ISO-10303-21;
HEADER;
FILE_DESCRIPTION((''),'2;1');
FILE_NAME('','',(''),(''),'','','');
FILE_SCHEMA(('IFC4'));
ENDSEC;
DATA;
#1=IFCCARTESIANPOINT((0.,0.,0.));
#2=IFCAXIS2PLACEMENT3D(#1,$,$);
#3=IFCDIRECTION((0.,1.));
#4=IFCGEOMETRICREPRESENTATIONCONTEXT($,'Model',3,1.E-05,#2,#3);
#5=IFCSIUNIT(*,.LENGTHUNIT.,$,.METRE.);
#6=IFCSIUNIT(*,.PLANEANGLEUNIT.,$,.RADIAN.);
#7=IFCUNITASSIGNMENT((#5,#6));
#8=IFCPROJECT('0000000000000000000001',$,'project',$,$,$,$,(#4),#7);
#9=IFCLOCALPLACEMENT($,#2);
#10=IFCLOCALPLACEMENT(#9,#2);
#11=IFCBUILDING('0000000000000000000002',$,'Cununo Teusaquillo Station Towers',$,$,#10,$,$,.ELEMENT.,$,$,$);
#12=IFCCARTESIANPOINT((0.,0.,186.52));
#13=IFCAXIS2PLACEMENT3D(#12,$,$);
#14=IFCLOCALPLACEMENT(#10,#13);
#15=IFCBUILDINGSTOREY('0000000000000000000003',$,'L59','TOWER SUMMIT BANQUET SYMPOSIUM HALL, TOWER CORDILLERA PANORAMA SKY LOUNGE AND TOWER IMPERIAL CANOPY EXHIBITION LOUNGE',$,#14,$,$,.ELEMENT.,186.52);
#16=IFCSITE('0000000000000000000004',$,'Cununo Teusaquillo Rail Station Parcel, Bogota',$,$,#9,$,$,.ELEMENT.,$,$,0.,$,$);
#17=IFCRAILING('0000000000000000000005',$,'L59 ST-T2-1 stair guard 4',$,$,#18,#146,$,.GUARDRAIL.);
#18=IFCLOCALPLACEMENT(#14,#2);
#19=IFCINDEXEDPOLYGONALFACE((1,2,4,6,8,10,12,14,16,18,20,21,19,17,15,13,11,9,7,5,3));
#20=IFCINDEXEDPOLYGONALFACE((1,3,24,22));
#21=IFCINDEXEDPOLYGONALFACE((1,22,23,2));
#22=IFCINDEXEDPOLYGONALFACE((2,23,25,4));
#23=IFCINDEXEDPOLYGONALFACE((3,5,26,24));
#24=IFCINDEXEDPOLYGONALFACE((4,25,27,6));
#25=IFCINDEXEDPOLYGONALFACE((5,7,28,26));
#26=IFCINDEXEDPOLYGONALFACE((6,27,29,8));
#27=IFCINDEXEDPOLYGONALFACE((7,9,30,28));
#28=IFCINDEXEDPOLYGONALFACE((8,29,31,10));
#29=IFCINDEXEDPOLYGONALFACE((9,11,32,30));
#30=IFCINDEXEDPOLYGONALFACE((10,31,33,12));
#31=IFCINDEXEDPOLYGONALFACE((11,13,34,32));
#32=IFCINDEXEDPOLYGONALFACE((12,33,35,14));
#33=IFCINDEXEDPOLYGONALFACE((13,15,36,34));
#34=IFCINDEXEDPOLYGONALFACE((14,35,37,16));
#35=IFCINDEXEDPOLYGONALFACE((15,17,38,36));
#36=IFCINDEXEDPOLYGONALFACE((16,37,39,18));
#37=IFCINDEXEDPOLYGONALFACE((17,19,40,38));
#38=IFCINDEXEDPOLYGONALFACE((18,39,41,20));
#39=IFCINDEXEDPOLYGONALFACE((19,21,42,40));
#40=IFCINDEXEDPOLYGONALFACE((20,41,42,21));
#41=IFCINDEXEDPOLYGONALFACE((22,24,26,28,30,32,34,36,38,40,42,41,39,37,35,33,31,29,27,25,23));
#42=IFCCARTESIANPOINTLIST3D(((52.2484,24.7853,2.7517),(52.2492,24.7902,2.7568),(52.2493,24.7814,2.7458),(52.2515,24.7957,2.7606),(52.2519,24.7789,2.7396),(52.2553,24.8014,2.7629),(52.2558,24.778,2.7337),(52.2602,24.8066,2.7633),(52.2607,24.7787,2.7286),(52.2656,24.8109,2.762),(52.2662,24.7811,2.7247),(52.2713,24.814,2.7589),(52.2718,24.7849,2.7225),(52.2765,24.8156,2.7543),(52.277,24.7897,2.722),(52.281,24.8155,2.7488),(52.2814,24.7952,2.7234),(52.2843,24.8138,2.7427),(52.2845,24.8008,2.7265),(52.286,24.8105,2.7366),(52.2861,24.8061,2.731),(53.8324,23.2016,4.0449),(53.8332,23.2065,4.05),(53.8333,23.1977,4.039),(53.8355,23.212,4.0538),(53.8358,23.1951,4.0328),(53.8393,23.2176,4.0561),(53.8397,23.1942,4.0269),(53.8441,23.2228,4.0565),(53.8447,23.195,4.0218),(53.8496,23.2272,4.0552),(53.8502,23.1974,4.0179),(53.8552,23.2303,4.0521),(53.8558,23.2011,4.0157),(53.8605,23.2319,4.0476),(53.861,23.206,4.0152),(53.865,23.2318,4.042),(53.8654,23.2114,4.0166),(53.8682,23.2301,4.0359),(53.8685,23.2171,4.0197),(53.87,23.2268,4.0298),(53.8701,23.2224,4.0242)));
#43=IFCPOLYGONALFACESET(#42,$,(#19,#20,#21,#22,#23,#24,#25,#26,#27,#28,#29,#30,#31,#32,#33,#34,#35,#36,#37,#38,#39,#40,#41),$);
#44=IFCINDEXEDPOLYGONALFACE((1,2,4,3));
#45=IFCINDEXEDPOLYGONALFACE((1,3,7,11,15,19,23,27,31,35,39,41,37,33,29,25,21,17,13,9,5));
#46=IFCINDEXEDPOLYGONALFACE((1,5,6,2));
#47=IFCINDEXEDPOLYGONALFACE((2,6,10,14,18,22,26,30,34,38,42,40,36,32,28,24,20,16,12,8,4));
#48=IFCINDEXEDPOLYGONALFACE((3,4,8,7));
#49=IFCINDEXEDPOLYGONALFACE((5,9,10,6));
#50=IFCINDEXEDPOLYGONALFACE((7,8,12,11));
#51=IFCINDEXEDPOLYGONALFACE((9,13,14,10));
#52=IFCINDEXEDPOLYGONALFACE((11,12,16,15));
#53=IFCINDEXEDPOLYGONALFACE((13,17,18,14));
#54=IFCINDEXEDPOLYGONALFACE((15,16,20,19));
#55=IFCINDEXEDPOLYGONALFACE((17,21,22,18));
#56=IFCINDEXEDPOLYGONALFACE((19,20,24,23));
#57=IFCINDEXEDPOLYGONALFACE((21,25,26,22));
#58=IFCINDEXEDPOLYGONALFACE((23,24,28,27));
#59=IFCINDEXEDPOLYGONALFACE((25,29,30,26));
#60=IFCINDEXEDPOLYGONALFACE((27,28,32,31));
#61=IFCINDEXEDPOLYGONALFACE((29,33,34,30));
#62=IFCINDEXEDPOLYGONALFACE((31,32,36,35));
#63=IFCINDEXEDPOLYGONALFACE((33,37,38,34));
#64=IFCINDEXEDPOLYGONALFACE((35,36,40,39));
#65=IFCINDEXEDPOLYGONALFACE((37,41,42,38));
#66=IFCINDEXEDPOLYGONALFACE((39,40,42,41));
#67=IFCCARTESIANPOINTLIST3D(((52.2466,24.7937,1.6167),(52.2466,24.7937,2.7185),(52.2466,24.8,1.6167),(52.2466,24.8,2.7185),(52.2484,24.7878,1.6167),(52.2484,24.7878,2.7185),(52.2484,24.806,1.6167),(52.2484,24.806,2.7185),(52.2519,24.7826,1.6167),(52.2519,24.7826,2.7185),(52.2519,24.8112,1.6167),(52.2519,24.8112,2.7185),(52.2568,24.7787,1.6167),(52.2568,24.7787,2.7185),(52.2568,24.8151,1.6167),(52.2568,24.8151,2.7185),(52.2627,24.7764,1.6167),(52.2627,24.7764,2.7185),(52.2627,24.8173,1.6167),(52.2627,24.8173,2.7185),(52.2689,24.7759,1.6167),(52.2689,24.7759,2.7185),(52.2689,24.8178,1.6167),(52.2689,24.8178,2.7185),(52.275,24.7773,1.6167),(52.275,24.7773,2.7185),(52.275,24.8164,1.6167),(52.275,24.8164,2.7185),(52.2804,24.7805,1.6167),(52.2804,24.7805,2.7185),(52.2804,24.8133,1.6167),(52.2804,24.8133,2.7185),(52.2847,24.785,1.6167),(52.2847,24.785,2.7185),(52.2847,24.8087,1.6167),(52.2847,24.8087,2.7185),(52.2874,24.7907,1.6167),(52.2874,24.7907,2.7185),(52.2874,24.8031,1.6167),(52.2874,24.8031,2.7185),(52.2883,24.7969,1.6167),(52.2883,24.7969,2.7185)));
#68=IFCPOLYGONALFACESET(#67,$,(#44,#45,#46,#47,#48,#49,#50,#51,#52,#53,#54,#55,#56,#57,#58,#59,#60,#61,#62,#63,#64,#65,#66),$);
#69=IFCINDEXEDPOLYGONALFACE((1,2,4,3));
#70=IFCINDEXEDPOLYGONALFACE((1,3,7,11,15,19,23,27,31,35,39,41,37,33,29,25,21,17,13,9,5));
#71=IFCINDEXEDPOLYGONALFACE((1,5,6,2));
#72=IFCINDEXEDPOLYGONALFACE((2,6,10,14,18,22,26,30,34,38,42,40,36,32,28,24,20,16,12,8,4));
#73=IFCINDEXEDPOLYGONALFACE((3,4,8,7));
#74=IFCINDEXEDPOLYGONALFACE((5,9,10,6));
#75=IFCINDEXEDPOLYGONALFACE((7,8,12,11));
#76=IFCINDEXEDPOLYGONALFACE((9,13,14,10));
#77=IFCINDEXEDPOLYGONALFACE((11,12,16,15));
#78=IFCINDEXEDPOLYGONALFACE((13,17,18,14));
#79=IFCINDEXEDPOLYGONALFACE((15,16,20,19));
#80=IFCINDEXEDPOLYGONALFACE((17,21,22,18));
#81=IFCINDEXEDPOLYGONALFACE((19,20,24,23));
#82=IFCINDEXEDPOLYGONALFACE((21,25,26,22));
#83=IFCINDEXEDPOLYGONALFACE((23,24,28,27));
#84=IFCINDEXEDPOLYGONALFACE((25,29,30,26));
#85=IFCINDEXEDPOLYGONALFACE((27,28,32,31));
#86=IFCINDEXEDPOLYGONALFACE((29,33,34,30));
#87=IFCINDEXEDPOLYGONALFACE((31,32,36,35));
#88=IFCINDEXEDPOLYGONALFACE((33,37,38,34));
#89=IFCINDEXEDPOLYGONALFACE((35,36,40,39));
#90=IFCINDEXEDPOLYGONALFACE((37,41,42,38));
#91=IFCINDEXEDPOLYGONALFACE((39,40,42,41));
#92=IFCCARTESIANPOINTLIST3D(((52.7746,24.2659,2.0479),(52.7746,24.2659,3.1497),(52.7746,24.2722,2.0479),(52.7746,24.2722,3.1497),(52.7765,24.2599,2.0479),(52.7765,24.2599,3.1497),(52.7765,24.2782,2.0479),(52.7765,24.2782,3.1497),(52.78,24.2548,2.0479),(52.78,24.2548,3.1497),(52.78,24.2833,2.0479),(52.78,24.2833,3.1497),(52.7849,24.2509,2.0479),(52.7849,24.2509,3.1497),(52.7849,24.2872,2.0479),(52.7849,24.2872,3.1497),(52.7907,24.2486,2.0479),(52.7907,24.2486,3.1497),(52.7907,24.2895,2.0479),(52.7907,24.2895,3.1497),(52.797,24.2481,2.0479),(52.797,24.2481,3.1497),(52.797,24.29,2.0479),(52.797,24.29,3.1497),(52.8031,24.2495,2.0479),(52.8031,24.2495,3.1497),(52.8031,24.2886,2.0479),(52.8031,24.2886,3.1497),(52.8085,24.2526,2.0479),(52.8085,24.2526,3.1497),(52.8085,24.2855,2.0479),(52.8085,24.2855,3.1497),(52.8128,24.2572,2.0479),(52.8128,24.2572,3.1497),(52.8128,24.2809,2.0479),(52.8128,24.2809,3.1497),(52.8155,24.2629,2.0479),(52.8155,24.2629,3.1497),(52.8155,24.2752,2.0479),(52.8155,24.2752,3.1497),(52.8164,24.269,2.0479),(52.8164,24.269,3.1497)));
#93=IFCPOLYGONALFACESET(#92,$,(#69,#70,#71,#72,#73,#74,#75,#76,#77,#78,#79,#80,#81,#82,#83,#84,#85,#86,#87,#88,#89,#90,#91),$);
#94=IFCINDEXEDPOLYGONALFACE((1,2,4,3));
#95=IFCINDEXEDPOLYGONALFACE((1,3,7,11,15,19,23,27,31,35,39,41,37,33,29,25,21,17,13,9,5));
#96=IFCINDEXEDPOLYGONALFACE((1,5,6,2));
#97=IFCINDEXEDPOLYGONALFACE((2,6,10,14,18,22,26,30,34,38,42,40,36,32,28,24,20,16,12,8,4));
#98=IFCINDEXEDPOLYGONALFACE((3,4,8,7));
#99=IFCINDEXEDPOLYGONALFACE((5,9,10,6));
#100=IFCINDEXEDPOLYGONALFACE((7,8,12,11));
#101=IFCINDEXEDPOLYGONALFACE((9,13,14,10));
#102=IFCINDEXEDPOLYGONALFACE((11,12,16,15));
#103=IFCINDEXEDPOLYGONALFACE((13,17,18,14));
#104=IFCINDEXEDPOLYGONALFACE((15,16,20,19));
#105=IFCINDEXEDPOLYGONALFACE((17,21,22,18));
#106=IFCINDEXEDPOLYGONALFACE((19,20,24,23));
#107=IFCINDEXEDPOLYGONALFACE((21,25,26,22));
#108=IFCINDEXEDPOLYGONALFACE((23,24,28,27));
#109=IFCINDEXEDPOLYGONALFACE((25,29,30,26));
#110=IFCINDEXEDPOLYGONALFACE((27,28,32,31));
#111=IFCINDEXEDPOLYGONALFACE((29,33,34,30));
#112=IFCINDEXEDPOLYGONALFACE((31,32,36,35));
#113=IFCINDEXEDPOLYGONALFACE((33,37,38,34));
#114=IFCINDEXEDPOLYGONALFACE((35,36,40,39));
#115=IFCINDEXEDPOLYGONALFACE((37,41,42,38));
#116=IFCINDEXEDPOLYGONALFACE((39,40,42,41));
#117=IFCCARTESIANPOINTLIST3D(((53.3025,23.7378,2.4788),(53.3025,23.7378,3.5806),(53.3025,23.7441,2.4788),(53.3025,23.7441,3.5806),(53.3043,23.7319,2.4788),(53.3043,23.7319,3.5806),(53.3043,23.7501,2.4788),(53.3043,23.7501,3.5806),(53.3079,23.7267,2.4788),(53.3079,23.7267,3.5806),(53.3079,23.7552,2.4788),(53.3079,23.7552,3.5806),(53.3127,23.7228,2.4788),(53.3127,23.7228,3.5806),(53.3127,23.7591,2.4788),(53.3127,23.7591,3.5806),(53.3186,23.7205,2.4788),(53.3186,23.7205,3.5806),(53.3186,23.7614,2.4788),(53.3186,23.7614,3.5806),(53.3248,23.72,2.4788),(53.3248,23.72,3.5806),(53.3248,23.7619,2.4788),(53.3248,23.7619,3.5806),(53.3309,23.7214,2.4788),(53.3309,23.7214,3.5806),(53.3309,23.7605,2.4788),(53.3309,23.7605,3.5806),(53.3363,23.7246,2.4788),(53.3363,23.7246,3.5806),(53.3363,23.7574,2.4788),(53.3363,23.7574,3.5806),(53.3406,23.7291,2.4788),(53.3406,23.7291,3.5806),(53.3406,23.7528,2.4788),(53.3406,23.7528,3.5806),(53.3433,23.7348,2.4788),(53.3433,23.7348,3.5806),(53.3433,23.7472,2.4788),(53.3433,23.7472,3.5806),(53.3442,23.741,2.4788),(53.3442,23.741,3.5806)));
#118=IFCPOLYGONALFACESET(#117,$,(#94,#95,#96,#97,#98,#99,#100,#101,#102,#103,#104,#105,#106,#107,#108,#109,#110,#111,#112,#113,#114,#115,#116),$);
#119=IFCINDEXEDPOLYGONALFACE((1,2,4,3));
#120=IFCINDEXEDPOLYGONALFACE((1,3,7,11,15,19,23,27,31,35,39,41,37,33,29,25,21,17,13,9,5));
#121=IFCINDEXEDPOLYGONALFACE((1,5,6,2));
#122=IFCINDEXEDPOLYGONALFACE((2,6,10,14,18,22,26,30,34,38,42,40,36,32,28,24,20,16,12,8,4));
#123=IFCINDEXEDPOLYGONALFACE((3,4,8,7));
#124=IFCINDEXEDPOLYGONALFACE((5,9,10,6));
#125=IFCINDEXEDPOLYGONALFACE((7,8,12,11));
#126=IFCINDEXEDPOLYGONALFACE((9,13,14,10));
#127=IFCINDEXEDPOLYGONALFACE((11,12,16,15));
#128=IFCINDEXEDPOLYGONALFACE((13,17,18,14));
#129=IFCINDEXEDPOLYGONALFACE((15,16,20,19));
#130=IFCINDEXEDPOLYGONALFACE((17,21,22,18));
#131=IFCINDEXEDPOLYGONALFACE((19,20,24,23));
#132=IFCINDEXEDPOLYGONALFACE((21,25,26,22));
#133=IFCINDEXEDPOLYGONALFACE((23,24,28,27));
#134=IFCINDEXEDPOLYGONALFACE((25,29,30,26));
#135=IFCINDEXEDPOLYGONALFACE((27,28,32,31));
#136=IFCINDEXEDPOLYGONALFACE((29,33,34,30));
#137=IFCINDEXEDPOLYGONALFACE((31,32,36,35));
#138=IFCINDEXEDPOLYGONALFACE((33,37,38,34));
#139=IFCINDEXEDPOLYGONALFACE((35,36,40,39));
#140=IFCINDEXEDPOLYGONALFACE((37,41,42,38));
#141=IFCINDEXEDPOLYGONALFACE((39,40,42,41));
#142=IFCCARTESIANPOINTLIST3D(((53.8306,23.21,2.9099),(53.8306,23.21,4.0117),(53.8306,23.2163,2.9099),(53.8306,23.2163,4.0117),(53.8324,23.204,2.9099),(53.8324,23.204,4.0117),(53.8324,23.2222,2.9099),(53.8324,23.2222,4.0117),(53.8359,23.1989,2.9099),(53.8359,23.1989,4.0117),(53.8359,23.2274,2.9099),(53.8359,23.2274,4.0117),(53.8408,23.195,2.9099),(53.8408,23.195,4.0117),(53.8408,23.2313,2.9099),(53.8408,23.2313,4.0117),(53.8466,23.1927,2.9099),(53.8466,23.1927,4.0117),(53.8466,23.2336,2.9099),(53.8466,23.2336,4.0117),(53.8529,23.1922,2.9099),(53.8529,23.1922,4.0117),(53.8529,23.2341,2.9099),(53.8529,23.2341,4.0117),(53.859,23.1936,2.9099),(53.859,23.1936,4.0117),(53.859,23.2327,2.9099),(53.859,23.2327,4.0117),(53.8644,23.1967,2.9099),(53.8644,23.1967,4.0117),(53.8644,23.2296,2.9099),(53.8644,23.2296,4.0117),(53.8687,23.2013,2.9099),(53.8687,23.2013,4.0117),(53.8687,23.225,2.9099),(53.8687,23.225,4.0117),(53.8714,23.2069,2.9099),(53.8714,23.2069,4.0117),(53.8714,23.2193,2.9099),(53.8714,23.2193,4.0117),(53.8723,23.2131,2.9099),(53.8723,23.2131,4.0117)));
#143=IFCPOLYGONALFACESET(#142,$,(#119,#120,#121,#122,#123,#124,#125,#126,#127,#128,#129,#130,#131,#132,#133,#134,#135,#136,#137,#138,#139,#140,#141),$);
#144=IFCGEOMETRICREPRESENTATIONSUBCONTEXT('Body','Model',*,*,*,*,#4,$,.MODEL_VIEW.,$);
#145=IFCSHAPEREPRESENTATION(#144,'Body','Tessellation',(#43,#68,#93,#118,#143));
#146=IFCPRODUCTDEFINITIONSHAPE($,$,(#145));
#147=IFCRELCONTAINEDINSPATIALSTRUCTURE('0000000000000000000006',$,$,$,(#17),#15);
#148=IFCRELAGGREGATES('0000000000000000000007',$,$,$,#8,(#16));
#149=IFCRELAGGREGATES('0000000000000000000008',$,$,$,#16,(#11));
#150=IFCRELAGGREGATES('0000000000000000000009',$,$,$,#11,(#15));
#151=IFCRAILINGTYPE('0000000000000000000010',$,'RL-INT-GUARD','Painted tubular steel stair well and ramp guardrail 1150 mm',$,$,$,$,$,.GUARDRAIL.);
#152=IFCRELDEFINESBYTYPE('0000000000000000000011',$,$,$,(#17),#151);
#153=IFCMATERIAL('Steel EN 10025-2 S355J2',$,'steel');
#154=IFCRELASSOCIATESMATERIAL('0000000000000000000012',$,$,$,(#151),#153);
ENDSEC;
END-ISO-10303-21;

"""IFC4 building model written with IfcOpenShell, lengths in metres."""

from ifc_helpers import new_model, si_unit, direction, frame, origin, origin_2d, place, context, subcontext, project, spatial, circle, extrude, material, type_object, element, save


model = new_model("IFC4")

# Units and contexts
model_context = context("Model", 3, precision=1e-05, world=origin(), true_north=direction((0.0, 1.0)))
body_context = subcontext(model_context, "Body", "Model", "MODEL_VIEW")
ifc_project = project(units=[si_unit("LENGTHUNIT", "METRE"), si_unit("PLANEANGLEUNIT", "RADIAN")], contexts=[model_context])

# Site, building, storey
site_placement = place(None, origin())
site = spatial("IfcSite", under=ifc_project, at=site_placement, Name="Cununo Teusaquillo Rail Station Parcel, Bogota", CompositionType="ELEMENT", RefElevation=0.0)
building_placement = place(site_placement, origin())
building = spatial("IfcBuilding", under=site, at=building_placement, Name="Cununo Teusaquillo Station Towers", CompositionType="ELEMENT")
storey_placement = place(building_placement, frame((0.0, 0.0, 186.52)))
storey = spatial("IfcBuildingStorey", under=building, at=storey_placement, Name="L59", Description="TOWER SUMMIT BANQUET SYMPOSIUM HALL, TOWER CORDILLERA PANORAMA SKY LOUNGE AND TOWER IMPERIAL CANOPY EXHIBITION LOUNGE", CompositionType="ELEMENT", Elevation=186.52)

# Railing
ifc_material_1 = material(Name="Steel EN 10025-2 S355J2", Category="steel")
railing_type_1 = type_object("IfcRailingType", Name="RL-INT-GUARD", Description="Painted tubular steel stair well and ramp guardrail 1150 mm", PredefinedType="GUARDRAIL", material=ifc_material_1)
railing_1_placement = place(storey_placement, frame((52.2673, 24.7969, 1.6167)))
element("IfcRailing", 1, at=railing_1_placement, inside=storey, type_object=railing_type_1, Name="L59 ST-T2-1 stair guard 4", PredefinedType="GUARDRAIL", context=body_context, shape_type="SweptSolid", body=[
    extrude(circle(Radius=0.0239, at=origin_2d()), frame((0.0, 0.0, 1.126), z_axis=(0.61242, -0.612326, 0.499998), x_axis=(0.707052, 0.707161, 0.0)), (0.0, 0.0, 1.0), 2.5864),
    extrude(circle(Radius=0.021, at=origin_2d()), origin(), (0.0, 0.0, 1.0), 1.1018),
    extrude(circle(Radius=0.021, at=origin_2d()), frame((0.5281, -0.5278, 0.4312)), (0.0, 0.0, 1.0), 1.1018),
    extrude(circle(Radius=0.021, at=origin_2d()), frame((1.0559, -1.0559, 0.8621)), (0.0, 0.0, 1.0), 1.1018),
    extrude(circle(Radius=0.021, at=origin_2d()), frame((1.584, -1.5837, 1.2932)), (0.0, 0.0, 1.0), 1.1018),
])

save(model, "model.ifc")
